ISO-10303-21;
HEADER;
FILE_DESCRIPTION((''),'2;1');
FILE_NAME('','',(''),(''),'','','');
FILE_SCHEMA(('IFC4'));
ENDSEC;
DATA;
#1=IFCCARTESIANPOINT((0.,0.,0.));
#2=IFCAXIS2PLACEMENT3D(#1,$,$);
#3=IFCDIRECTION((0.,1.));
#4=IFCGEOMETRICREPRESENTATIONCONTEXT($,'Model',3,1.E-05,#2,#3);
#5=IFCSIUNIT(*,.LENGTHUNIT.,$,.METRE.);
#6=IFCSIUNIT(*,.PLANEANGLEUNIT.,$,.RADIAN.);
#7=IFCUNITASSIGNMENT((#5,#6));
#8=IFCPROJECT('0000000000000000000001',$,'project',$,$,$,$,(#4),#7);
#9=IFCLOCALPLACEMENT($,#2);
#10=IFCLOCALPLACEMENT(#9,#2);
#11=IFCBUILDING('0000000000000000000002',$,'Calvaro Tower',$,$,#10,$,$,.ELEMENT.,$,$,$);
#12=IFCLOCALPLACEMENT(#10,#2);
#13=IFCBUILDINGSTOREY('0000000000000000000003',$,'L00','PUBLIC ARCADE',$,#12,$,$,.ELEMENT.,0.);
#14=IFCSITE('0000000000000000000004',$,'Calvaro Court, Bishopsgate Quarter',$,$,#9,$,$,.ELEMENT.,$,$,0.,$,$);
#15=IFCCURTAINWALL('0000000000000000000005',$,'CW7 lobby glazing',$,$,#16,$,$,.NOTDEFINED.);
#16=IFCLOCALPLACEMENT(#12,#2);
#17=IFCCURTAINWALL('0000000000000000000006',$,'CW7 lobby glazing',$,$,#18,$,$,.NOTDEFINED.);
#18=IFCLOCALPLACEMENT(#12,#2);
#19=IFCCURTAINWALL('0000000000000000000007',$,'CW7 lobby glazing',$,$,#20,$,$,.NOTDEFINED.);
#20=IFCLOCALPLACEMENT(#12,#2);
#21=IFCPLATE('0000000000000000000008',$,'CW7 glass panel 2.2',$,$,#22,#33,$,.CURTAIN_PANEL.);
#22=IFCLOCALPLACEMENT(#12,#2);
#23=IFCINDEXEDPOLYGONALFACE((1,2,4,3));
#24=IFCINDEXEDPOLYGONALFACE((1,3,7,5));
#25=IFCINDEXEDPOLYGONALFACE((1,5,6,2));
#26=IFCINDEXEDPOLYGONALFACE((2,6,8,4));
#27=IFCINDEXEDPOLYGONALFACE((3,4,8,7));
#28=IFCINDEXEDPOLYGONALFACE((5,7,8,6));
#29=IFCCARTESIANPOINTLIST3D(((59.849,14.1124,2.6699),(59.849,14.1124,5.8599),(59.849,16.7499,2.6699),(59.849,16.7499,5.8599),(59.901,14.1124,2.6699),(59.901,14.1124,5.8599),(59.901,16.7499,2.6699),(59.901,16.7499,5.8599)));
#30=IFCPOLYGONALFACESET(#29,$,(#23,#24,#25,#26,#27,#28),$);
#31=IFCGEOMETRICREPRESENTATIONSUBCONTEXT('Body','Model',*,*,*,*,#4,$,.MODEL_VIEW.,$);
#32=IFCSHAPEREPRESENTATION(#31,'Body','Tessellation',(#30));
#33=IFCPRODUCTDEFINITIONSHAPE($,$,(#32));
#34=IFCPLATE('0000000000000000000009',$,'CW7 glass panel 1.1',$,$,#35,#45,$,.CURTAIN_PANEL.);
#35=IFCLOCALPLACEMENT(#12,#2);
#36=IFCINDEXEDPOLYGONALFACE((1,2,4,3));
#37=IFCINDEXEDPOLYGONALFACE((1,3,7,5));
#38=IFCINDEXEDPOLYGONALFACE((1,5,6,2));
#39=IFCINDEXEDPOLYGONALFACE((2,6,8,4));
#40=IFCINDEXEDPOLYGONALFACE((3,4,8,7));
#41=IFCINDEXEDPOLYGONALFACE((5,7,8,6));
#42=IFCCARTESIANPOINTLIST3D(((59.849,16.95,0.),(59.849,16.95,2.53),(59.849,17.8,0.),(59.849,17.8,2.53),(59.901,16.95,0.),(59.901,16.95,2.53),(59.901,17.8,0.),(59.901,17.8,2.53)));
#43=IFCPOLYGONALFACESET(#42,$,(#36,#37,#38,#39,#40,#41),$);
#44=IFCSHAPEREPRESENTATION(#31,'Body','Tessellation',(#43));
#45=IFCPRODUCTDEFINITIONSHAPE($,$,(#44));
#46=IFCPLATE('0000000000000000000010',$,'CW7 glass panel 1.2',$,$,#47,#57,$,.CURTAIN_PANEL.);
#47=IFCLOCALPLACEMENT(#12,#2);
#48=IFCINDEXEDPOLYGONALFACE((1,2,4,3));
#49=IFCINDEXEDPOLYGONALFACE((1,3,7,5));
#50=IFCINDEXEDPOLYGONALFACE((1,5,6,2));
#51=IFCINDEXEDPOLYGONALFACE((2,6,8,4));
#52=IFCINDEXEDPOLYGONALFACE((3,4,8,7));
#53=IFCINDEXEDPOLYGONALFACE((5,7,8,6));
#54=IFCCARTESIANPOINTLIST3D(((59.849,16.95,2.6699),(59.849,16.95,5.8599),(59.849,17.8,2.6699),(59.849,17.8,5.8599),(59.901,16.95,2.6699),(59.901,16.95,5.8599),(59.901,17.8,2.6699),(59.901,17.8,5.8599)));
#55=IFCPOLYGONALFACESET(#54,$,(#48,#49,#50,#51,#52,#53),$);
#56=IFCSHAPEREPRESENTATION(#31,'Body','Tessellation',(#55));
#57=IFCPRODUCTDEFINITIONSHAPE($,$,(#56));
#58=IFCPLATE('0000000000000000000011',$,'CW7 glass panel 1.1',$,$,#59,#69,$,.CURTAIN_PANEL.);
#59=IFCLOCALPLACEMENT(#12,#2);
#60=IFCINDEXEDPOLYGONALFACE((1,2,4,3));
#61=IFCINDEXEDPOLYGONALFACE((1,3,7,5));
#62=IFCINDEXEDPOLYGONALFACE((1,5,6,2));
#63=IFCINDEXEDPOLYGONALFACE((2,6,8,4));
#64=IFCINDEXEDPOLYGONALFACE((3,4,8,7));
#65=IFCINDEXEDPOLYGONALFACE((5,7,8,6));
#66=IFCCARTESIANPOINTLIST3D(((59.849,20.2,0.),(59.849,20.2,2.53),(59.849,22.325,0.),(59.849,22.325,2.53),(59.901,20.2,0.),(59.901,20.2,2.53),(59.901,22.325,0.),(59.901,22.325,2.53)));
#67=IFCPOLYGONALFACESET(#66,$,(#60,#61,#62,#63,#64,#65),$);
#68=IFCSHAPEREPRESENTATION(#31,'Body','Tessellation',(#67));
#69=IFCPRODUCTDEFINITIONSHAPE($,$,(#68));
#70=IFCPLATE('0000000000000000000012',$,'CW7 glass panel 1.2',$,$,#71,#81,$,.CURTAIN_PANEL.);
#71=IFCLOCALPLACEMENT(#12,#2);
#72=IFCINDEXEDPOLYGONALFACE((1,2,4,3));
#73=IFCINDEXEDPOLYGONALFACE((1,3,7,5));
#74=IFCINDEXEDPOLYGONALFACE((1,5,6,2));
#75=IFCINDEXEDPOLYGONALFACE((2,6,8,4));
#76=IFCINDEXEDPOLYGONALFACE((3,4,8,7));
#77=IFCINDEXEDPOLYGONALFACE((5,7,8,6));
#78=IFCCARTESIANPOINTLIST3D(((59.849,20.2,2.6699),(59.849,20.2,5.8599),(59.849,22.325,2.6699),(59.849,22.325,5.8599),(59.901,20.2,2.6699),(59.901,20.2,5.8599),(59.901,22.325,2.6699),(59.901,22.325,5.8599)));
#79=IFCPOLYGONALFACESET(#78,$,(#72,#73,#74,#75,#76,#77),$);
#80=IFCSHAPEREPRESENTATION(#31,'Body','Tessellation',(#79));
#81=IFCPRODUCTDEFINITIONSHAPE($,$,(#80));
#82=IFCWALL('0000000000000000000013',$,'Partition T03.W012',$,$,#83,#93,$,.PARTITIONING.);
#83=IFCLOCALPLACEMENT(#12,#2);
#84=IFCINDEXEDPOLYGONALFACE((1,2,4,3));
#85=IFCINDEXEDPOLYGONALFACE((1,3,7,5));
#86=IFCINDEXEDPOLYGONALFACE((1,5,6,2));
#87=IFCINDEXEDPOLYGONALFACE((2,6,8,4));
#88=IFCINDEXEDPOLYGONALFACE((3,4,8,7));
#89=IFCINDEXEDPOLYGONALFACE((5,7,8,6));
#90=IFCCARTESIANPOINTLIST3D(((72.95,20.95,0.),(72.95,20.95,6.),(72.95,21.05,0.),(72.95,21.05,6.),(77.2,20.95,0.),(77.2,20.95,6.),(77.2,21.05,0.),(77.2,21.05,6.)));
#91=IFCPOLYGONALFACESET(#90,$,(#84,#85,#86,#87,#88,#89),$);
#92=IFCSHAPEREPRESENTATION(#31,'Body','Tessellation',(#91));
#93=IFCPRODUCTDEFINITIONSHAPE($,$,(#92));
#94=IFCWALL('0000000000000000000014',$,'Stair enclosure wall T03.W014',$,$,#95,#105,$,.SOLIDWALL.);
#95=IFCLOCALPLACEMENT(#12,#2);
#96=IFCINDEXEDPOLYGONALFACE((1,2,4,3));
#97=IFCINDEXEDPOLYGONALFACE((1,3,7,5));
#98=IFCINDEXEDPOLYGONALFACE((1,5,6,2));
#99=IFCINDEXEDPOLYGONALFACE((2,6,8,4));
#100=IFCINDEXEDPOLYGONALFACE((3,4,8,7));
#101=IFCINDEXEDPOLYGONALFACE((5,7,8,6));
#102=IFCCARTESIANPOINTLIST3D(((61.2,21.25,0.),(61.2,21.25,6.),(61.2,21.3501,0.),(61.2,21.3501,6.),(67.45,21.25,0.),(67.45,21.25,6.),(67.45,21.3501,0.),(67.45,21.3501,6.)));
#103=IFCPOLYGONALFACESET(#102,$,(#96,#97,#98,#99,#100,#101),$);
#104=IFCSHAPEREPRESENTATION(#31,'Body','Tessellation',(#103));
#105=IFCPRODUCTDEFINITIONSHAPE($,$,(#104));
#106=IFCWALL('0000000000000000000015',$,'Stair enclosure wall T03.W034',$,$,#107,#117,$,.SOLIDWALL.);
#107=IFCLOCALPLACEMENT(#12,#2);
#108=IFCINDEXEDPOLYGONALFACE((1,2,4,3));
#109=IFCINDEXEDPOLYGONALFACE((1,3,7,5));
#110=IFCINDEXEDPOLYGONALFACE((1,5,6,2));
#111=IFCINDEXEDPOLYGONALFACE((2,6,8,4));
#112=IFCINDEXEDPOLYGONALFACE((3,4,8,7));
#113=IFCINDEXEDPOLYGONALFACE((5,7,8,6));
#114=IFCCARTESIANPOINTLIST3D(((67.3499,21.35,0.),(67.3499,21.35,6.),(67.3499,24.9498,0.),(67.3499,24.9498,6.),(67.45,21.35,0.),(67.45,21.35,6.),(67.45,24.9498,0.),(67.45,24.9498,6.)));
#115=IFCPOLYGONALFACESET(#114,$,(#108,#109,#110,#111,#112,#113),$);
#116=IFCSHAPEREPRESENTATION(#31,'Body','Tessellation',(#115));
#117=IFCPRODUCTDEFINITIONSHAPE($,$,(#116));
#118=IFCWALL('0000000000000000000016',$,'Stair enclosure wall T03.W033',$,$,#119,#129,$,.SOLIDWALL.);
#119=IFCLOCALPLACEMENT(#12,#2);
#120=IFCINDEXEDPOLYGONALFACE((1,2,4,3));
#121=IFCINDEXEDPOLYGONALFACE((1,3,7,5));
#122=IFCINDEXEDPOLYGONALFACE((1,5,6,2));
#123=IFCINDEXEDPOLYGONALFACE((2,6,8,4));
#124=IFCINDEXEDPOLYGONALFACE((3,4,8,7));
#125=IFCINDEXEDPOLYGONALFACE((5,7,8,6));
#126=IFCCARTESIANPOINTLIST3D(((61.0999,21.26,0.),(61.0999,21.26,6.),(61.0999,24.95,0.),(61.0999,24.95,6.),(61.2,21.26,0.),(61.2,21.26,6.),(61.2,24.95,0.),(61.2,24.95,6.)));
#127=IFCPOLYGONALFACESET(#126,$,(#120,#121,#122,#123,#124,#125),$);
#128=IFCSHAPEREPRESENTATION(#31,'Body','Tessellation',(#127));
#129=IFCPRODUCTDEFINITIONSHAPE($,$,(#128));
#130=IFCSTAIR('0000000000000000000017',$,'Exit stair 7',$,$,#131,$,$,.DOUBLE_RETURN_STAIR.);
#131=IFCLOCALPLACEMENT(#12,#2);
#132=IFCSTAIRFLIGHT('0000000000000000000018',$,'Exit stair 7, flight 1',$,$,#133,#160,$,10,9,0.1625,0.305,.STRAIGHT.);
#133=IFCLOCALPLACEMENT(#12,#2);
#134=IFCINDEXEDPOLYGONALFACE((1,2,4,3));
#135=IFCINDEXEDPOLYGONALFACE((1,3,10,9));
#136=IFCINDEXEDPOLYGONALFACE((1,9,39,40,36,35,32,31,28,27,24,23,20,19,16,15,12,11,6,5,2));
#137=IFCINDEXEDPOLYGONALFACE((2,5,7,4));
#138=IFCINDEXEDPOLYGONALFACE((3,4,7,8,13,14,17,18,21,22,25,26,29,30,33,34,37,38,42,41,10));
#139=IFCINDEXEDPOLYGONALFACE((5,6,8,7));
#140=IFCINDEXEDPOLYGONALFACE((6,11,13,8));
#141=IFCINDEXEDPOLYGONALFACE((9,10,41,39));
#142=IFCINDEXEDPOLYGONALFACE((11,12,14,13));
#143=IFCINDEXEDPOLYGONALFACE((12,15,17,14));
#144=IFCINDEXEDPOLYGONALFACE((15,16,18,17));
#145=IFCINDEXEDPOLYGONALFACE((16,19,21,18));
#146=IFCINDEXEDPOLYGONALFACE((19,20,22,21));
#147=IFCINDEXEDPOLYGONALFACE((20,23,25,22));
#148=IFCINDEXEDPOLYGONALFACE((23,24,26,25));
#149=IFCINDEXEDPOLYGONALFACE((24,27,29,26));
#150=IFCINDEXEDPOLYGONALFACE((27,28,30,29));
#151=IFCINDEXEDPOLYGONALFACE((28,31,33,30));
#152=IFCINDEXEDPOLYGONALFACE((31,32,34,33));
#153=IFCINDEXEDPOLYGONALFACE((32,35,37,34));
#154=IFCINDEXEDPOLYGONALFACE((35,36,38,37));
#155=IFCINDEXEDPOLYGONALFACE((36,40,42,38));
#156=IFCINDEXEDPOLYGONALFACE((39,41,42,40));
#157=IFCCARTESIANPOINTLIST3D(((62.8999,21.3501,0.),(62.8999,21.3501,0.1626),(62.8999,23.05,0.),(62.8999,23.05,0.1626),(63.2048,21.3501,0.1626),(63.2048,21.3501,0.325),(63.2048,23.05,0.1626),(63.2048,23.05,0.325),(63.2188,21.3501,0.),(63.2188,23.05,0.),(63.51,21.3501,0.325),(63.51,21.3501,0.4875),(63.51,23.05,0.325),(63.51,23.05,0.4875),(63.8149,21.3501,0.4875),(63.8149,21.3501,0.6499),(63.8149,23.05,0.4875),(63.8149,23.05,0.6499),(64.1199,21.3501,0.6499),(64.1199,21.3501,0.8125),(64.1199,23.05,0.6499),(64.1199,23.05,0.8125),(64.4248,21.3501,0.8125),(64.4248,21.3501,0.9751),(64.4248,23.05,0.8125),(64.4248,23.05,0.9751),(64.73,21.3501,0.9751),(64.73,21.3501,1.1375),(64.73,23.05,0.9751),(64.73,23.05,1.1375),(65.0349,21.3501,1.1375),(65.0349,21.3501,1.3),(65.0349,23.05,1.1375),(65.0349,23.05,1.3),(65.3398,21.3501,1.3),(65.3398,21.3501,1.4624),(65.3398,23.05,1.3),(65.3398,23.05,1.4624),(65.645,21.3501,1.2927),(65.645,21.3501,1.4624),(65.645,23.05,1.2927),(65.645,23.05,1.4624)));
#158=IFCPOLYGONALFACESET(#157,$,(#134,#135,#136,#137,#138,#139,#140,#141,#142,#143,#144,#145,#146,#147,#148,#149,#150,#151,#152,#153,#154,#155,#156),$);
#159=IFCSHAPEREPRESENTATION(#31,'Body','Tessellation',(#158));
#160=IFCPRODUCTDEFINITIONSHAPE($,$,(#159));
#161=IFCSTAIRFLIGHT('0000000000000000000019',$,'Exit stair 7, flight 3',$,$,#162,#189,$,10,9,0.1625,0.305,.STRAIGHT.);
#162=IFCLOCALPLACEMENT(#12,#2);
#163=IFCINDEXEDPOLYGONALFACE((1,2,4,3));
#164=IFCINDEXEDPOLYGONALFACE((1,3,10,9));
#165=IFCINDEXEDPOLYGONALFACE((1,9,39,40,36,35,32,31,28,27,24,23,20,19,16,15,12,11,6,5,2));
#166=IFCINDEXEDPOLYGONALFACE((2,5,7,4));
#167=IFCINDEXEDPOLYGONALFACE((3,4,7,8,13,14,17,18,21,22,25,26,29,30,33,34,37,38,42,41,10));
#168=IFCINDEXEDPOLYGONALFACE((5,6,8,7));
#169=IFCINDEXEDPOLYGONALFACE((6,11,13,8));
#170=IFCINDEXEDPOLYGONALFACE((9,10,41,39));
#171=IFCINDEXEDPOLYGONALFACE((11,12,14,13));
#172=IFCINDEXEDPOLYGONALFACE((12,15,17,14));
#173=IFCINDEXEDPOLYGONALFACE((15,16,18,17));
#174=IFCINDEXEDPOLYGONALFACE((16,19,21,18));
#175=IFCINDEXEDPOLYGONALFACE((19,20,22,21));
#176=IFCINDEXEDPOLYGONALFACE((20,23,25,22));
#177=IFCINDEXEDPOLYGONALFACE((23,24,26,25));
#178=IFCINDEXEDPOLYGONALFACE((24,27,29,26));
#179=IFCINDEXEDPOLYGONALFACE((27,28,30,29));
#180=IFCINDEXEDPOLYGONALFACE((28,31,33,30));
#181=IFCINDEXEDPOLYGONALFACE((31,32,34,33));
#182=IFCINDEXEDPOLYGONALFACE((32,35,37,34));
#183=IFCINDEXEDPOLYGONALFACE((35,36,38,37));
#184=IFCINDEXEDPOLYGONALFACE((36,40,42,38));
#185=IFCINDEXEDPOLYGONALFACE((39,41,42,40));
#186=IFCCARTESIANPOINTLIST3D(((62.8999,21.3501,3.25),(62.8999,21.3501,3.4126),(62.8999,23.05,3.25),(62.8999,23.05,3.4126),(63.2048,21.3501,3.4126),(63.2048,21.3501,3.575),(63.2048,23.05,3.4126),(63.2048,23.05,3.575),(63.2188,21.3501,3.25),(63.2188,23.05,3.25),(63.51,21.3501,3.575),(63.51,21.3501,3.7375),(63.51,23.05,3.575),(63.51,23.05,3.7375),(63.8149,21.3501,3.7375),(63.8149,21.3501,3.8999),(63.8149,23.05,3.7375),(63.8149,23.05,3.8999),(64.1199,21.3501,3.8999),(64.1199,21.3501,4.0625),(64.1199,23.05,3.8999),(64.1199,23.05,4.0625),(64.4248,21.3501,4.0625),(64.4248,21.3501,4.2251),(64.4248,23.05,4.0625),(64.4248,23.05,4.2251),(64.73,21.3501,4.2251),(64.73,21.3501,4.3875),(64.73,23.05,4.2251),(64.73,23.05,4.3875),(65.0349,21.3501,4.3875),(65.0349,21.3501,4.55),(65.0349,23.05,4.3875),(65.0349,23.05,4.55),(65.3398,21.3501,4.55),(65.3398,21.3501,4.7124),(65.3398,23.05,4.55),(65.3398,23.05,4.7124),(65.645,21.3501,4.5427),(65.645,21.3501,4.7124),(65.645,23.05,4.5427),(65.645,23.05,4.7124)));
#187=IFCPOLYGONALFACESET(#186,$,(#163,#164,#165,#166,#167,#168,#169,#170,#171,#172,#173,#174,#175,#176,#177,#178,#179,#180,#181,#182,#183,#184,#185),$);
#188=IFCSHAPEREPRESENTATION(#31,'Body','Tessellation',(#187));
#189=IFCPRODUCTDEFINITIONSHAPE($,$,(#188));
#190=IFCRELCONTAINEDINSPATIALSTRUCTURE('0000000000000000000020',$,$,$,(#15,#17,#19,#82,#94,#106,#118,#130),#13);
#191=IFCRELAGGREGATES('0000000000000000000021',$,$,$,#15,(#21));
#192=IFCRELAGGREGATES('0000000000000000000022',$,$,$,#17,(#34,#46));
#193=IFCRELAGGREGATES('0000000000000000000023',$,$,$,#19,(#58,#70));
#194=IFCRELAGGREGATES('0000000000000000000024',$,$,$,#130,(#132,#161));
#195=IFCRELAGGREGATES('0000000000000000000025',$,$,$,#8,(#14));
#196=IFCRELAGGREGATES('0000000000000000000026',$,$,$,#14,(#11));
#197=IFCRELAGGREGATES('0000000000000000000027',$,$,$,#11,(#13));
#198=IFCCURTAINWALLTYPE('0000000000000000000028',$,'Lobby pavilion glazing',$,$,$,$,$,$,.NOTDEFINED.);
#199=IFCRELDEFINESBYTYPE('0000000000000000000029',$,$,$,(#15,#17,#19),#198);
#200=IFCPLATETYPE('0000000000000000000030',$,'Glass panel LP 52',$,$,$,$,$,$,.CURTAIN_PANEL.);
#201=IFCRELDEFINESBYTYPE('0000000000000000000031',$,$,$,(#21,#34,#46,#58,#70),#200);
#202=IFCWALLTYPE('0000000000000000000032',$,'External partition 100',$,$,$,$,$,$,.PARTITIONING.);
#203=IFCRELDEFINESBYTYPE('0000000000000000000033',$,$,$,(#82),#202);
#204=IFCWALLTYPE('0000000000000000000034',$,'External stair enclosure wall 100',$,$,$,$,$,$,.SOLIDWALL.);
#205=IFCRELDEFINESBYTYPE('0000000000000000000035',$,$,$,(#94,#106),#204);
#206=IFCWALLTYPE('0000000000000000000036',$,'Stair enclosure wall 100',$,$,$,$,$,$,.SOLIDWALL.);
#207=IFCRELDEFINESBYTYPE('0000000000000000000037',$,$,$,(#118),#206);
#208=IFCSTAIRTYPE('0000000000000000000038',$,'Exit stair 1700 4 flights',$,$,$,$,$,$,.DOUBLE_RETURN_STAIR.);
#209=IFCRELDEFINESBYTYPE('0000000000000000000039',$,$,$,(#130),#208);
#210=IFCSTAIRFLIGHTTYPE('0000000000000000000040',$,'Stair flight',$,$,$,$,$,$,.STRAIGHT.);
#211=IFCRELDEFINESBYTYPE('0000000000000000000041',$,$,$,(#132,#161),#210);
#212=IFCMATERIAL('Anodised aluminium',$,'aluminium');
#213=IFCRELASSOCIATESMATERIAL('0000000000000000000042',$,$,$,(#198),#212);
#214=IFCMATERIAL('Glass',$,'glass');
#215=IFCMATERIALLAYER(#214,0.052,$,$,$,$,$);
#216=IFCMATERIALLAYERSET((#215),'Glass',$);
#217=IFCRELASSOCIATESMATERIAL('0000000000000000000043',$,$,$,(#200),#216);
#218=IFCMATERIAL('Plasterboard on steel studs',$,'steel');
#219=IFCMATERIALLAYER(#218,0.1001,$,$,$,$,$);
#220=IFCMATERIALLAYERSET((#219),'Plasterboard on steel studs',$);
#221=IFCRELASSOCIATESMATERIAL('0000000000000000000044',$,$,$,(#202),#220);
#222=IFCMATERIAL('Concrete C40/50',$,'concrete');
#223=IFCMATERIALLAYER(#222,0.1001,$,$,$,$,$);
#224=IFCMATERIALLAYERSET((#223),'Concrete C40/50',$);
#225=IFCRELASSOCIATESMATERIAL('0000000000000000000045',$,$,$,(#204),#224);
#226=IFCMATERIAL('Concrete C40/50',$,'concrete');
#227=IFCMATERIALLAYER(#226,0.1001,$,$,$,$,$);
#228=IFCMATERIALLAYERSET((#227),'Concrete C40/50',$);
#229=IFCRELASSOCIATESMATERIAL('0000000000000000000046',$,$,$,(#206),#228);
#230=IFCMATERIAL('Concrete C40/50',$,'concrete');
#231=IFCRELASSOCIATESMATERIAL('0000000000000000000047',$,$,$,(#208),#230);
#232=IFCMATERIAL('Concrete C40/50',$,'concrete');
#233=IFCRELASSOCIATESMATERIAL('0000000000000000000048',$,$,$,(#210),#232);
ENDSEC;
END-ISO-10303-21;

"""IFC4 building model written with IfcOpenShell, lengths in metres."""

from ifc_helpers import new_model, si_unit, direction, frame, frame_2d, origin, origin_2d, place, context, subcontext, project, spatial, polyline, rectangle, outline, extrude, material, layer, layer_set, type_object, element, aggregate, save


model = new_model("IFC4")

# Units and contexts
model_context = context("Model", 3, precision=1e-05, world=origin(), true_north=direction((0.0, 1.0)))
body_context = subcontext(model_context, "Body", "Model", "MODEL_VIEW")
ifc_project = project(units=[si_unit("LENGTHUNIT", "METRE"), si_unit("PLANEANGLEUNIT", "RADIAN")], contexts=[model_context])

# Site, building, storey
site_placement = place(None, origin())
site = spatial("IfcSite", under=ifc_project, at=site_placement, Name="Calvaro Court, Bishopsgate Quarter", CompositionType="ELEMENT", RefElevation=0.0)
building_placement = place(site_placement, origin())
building = spatial("IfcBuilding", under=site, at=building_placement, Name="Calvaro Tower", CompositionType="ELEMENT")
storey_placement = place(building_placement, origin())
storey = spatial("IfcBuildingStorey", under=building, at=storey_placement, Name="L00", Description="PUBLIC ARCADE", CompositionType="ELEMENT", Elevation=0.0)

# Curtain wall
ifc_material_1 = material(Name="Anodised aluminium", Category="aluminium")
curtain_wall_type = type_object("IfcCurtainWallType", Name="Lobby pavilion glazing", PredefinedType="NOTDEFINED", material=ifc_material_1)
curtain_wall_1_placement = place(storey_placement, origin())
curtain_wall_1 = element("IfcCurtainWall", 1, at=curtain_wall_1_placement, inside=storey, type_object=curtain_wall_type, Name="CW7 lobby glazing", PredefinedType="NOTDEFINED")

# Curtain walls
curtain_wall_2_placement = place(storey_placement, origin())
curtain_wall_2 = element("IfcCurtainWall", 2, at=curtain_wall_2_placement, inside=storey, type_object=curtain_wall_type, Name="CW7 lobby glazing", PredefinedType="NOTDEFINED")
curtain_wall_3_placement = place(storey_placement, origin())
curtain_wall_3 = element("IfcCurtainWall", 3, at=curtain_wall_3_placement, inside=storey, type_object=curtain_wall_type, Name="CW7 lobby glazing", PredefinedType="NOTDEFINED")

# Plates
ifc_material_2 = material(Name="Glass", Category="glass")
ifc_layer_1 = layer(ifc_material_2, 0.052)
ifc_layer_set_1 = layer_set([ifc_layer_1], Name="Glass")
plate_type = type_object("IfcPlateType", Name="Glass panel LP 52", PredefinedType="CURTAIN_PANEL", material=ifc_layer_set_1)
plate_1_placement = place(storey_placement, frame((59.875, 15.4312, 2.6699), z_axis=(0.0, 0.0, 1.0), x_axis=(0.0, 1.0, 0.0)))
plate_1 = element("IfcPlate", 4, at=plate_1_placement, type_object=plate_type, Name="CW7 glass panel 2.2", PredefinedType="CURTAIN_PANEL", context=body_context, shape_type="SweptSolid", body=[
    extrude(rectangle(XDim=2.6375, YDim=0.052, at=origin_2d()), origin(), (0.0, 0.0, 1.0), 3.1899),
])
aggregate(curtain_wall_1, [plate_1])
plate_2_placement = place(storey_placement, frame((59.875, 17.375, 0.0), z_axis=(0.0, 0.0, 1.0), x_axis=(0.0, 1.0, 0.0)))
plate_2 = element("IfcPlate", 5, at=plate_2_placement, type_object=plate_type, Name="CW7 glass panel 1.1", PredefinedType="CURTAIN_PANEL", context=body_context, shape_type="SweptSolid", body=[
    extrude(rectangle(XDim=0.8501, YDim=0.052, at=origin_2d()), origin(), (0.0, 0.0, 1.0), 2.53),
])
plate_3_placement = place(storey_placement, frame((59.875, 17.375, 2.6699), z_axis=(0.0, 0.0, 1.0), x_axis=(0.0, 1.0, 0.0)))
plate_3 = element("IfcPlate", 6, at=plate_3_placement, type_object=plate_type, Name="CW7 glass panel 1.2", PredefinedType="CURTAIN_PANEL", context=body_context, shape_type="SweptSolid", body=[
    extrude(rectangle(XDim=0.8501, YDim=0.052, at=origin_2d()), origin(), (0.0, 0.0, 1.0), 3.1899),
])
aggregate(curtain_wall_2, [plate_2, plate_3])
plate_4_placement = place(storey_placement, frame((59.875, 21.2625, 0.0), z_axis=(0.0, 0.0, 1.0), x_axis=(0.0, 1.0, 0.0)))
plate_4 = element("IfcPlate", 7, at=plate_4_placement, type_object=plate_type, Name="CW7 glass panel 1.1", PredefinedType="CURTAIN_PANEL", context=body_context, shape_type="SweptSolid", body=[
    extrude(rectangle(XDim=2.125, YDim=0.052, at=origin_2d()), origin(), (0.0, 0.0, 1.0), 2.53),
])
plate_5_placement = place(storey_placement, frame((59.875, 21.2625, 2.6699), z_axis=(0.0, 0.0, 1.0), x_axis=(0.0, 1.0, 0.0)))
plate_5 = element("IfcPlate", 8, at=plate_5_placement, type_object=plate_type, Name="CW7 glass panel 1.2", PredefinedType="CURTAIN_PANEL", context=body_context, shape_type="SweptSolid", body=[
    extrude(rectangle(XDim=2.125, YDim=0.052, at=origin_2d()), origin(), (0.0, 0.0, 1.0), 3.1899),
])
aggregate(curtain_wall_3, [plate_4, plate_5])

# Walls
ifc_material_3 = material(Name="Plasterboard on steel studs", Category="steel")
ifc_layer_2 = layer(ifc_material_3, 0.1001)
ifc_layer_set_2 = layer_set([ifc_layer_2], Name="Plasterboard on steel studs")
wall_type_1 = type_object("IfcWallType", Name="External partition 100", PredefinedType="PARTITIONING", material=ifc_layer_set_2)
wall_1_placement = place(storey_placement, frame((72.95, 21.0, 0.0), z_axis=(0.0, 0.0, 1.0), x_axis=(1.0, 0.0, 0.0)))
element("IfcWall", 9, at=wall_1_placement, inside=storey, type_object=wall_type_1, Name="Partition T03.W012", PredefinedType="PARTITIONING", context=body_context, shape_type="SweptSolid", body=[
    extrude(rectangle(XDim=4.25, YDim=0.1001, at=frame_2d((2.125, 0.0))), origin(), (0.0, 0.0, 1.0), 6.0),
])
ifc_material_4 = material(Name="Concrete C40/50", Category="concrete")
ifc_layer_3 = layer(ifc_material_4, 0.1001)
ifc_layer_set_3 = layer_set([ifc_layer_3], Name="Concrete C40/50")
wall_type_2 = type_object("IfcWallType", Name="External stair enclosure wall 100", PredefinedType="SOLIDWALL", material=ifc_layer_set_3)
wall_2_placement = place(storey_placement, frame((61.2, 21.3, 0.0), z_axis=(0.0, 0.0, 1.0), x_axis=(1.0, 0.0, 0.0)))
element("IfcWall", 10, at=wall_2_placement, inside=storey, type_object=wall_type_2, Name="Stair enclosure wall T03.W014", PredefinedType="SOLIDWALL", context=body_context, shape_type="SweptSolid", body=[
    extrude(rectangle(XDim=6.25, YDim=0.1001, at=frame_2d((3.125, 0.0))), origin(), (0.0, 0.0, 1.0), 6.0),
])
wall_3_placement = place(storey_placement, frame((67.3999, 21.3501, 0.0), z_axis=(0.0, 0.0, 1.0), x_axis=(0.0, 1.0, 0.0)))
element("IfcWall", 11, at=wall_3_placement, inside=storey, type_object=wall_type_2, Name="Stair enclosure wall T03.W034", PredefinedType="SOLIDWALL", context=body_context, shape_type="SweptSolid", body=[
    extrude(rectangle(XDim=3.5999, YDim=0.1001, at=frame_2d((1.7998, 0.0))), origin(), (0.0, 0.0, 1.0), 6.0),
])
ifc_material_5 = material(Name="Concrete C40/50", Category="concrete")
ifc_layer_4 = layer(ifc_material_5, 0.1001)
ifc_layer_set_4 = layer_set([ifc_layer_4], Name="Concrete C40/50")
wall_type_3 = type_object("IfcWallType", Name="Stair enclosure wall 100", PredefinedType="SOLIDWALL", material=ifc_layer_set_4)
wall_4_placement = place(storey_placement, frame((61.1499, 21.26, 0.0), z_axis=(0.0, 0.0, 1.0), x_axis=(0.0, 1.0, 0.0)))
element("IfcWall", 12, at=wall_4_placement, inside=storey, type_object=wall_type_3, Name="Stair enclosure wall T03.W033", PredefinedType="SOLIDWALL", context=body_context, shape_type="SweptSolid", body=[
    extrude(rectangle(XDim=3.6899, YDim=0.1001, at=frame_2d((1.845, 0.0))), origin(), (0.0, 0.0, 1.0), 6.0),
])

# Stair, stair flights
ifc_material_6 = material(Name="Concrete C40/50", Category="concrete")
stair_type = type_object("IfcStairType", Name="Exit stair 1700 4 flights", PredefinedType="DOUBLE_RETURN_STAIR", material=ifc_material_6)
stair_placement = place(storey_placement, origin())
stair = element("IfcStair", 13, at=stair_placement, inside=storey, type_object=stair_type, Name="Exit stair 7", PredefinedType="DOUBLE_RETURN_STAIR")
ifc_material_7 = material(Name="Concrete C40/50", Category="concrete")
stair_flight_type = type_object("IfcStairFlightType", Name="Stair flight", PredefinedType="STRAIGHT", material=ifc_material_7)
stair_flight_1_placement = place(storey_placement, frame((62.8999, 22.2, 0.0), z_axis=(0.0, 0.0, 1.0), x_axis=(1.0, 0.0, 0.0)))
stair_flight_1 = element("IfcStairFlight", 14, at=stair_flight_1_placement, type_object=stair_flight_type, Name="Exit stair 7, flight 1", NumberOfRisers=10, NumberOfTreads=9, PredefinedType="STRAIGHT", RiserHeight=0.1625, TreadLength=0.305, context=body_context, shape_type="SweptSolid", body=[
    extrude(outline(polyline([(0.0, 0.0), (0.0, 0.1626), (0.3049, 0.1626), (0.3049, 0.325), (0.6101, 0.325), (0.6101, 0.4875), (0.915, 0.4875), (0.915, 0.6499), (1.22, 0.6499), (1.22, 0.8125), (1.5249, 0.8125), (1.5249, 0.9751), (1.8301, 0.9751), (1.8301, 1.1375), (2.135, 1.1375), (2.135, 1.3), (2.4399, 1.3), (2.4399, 1.4624), (2.7451, 1.4624), (2.7451, 1.625), (2.7451, 1.2927), (0.3188, 0.0), (0.0, 0.0)])), frame((0.0, 0.8501, 0.0), z_axis=(0.0, -1.0, 0.0), x_axis=(1.0, 0.0, 0.0)), (0.0, 0.0, 1.0), 1.7),
])
stair_flight_2_placement = place(storey_placement, frame((62.8999, 22.2, 3.25), z_axis=(0.0, 0.0, 1.0), x_axis=(1.0, 0.0, 0.0)))
stair_flight_2 = element("IfcStairFlight", 15, at=stair_flight_2_placement, type_object=stair_flight_type, Name="Exit stair 7, flight 3", NumberOfRisers=10, NumberOfTreads=9, PredefinedType="STRAIGHT", RiserHeight=0.1625, TreadLength=0.305, context=body_context, shape_type="SweptSolid", body=[
    extrude(outline(polyline([(0.0, 0.0), (0.0, 0.1626), (0.3049, 0.1626), (0.3049, 0.325), (0.6101, 0.325), (0.6101, 0.4875), (0.915, 0.4875), (0.915, 0.6499), (1.22, 0.6499), (1.22, 0.8125), (1.5249, 0.8125), (1.5249, 0.9751), (1.8301, 0.9751), (1.8301, 1.1375), (2.135, 1.1375), (2.135, 1.3), (2.4399, 1.3), (2.4399, 1.4624), (2.7451, 1.4624), (2.7451, 1.625), (2.7451, 1.2927), (0.3188, 0.0), (0.0, 0.0)])), frame((0.0, 0.8501, 0.0), z_axis=(0.0, -1.0, 0.0), x_axis=(1.0, 0.0, 0.0)), (0.0, 0.0, 1.0), 1.7),
])
aggregate(stair, [stair_flight_1, stair_flight_2])

save(model, "model.ifc")
